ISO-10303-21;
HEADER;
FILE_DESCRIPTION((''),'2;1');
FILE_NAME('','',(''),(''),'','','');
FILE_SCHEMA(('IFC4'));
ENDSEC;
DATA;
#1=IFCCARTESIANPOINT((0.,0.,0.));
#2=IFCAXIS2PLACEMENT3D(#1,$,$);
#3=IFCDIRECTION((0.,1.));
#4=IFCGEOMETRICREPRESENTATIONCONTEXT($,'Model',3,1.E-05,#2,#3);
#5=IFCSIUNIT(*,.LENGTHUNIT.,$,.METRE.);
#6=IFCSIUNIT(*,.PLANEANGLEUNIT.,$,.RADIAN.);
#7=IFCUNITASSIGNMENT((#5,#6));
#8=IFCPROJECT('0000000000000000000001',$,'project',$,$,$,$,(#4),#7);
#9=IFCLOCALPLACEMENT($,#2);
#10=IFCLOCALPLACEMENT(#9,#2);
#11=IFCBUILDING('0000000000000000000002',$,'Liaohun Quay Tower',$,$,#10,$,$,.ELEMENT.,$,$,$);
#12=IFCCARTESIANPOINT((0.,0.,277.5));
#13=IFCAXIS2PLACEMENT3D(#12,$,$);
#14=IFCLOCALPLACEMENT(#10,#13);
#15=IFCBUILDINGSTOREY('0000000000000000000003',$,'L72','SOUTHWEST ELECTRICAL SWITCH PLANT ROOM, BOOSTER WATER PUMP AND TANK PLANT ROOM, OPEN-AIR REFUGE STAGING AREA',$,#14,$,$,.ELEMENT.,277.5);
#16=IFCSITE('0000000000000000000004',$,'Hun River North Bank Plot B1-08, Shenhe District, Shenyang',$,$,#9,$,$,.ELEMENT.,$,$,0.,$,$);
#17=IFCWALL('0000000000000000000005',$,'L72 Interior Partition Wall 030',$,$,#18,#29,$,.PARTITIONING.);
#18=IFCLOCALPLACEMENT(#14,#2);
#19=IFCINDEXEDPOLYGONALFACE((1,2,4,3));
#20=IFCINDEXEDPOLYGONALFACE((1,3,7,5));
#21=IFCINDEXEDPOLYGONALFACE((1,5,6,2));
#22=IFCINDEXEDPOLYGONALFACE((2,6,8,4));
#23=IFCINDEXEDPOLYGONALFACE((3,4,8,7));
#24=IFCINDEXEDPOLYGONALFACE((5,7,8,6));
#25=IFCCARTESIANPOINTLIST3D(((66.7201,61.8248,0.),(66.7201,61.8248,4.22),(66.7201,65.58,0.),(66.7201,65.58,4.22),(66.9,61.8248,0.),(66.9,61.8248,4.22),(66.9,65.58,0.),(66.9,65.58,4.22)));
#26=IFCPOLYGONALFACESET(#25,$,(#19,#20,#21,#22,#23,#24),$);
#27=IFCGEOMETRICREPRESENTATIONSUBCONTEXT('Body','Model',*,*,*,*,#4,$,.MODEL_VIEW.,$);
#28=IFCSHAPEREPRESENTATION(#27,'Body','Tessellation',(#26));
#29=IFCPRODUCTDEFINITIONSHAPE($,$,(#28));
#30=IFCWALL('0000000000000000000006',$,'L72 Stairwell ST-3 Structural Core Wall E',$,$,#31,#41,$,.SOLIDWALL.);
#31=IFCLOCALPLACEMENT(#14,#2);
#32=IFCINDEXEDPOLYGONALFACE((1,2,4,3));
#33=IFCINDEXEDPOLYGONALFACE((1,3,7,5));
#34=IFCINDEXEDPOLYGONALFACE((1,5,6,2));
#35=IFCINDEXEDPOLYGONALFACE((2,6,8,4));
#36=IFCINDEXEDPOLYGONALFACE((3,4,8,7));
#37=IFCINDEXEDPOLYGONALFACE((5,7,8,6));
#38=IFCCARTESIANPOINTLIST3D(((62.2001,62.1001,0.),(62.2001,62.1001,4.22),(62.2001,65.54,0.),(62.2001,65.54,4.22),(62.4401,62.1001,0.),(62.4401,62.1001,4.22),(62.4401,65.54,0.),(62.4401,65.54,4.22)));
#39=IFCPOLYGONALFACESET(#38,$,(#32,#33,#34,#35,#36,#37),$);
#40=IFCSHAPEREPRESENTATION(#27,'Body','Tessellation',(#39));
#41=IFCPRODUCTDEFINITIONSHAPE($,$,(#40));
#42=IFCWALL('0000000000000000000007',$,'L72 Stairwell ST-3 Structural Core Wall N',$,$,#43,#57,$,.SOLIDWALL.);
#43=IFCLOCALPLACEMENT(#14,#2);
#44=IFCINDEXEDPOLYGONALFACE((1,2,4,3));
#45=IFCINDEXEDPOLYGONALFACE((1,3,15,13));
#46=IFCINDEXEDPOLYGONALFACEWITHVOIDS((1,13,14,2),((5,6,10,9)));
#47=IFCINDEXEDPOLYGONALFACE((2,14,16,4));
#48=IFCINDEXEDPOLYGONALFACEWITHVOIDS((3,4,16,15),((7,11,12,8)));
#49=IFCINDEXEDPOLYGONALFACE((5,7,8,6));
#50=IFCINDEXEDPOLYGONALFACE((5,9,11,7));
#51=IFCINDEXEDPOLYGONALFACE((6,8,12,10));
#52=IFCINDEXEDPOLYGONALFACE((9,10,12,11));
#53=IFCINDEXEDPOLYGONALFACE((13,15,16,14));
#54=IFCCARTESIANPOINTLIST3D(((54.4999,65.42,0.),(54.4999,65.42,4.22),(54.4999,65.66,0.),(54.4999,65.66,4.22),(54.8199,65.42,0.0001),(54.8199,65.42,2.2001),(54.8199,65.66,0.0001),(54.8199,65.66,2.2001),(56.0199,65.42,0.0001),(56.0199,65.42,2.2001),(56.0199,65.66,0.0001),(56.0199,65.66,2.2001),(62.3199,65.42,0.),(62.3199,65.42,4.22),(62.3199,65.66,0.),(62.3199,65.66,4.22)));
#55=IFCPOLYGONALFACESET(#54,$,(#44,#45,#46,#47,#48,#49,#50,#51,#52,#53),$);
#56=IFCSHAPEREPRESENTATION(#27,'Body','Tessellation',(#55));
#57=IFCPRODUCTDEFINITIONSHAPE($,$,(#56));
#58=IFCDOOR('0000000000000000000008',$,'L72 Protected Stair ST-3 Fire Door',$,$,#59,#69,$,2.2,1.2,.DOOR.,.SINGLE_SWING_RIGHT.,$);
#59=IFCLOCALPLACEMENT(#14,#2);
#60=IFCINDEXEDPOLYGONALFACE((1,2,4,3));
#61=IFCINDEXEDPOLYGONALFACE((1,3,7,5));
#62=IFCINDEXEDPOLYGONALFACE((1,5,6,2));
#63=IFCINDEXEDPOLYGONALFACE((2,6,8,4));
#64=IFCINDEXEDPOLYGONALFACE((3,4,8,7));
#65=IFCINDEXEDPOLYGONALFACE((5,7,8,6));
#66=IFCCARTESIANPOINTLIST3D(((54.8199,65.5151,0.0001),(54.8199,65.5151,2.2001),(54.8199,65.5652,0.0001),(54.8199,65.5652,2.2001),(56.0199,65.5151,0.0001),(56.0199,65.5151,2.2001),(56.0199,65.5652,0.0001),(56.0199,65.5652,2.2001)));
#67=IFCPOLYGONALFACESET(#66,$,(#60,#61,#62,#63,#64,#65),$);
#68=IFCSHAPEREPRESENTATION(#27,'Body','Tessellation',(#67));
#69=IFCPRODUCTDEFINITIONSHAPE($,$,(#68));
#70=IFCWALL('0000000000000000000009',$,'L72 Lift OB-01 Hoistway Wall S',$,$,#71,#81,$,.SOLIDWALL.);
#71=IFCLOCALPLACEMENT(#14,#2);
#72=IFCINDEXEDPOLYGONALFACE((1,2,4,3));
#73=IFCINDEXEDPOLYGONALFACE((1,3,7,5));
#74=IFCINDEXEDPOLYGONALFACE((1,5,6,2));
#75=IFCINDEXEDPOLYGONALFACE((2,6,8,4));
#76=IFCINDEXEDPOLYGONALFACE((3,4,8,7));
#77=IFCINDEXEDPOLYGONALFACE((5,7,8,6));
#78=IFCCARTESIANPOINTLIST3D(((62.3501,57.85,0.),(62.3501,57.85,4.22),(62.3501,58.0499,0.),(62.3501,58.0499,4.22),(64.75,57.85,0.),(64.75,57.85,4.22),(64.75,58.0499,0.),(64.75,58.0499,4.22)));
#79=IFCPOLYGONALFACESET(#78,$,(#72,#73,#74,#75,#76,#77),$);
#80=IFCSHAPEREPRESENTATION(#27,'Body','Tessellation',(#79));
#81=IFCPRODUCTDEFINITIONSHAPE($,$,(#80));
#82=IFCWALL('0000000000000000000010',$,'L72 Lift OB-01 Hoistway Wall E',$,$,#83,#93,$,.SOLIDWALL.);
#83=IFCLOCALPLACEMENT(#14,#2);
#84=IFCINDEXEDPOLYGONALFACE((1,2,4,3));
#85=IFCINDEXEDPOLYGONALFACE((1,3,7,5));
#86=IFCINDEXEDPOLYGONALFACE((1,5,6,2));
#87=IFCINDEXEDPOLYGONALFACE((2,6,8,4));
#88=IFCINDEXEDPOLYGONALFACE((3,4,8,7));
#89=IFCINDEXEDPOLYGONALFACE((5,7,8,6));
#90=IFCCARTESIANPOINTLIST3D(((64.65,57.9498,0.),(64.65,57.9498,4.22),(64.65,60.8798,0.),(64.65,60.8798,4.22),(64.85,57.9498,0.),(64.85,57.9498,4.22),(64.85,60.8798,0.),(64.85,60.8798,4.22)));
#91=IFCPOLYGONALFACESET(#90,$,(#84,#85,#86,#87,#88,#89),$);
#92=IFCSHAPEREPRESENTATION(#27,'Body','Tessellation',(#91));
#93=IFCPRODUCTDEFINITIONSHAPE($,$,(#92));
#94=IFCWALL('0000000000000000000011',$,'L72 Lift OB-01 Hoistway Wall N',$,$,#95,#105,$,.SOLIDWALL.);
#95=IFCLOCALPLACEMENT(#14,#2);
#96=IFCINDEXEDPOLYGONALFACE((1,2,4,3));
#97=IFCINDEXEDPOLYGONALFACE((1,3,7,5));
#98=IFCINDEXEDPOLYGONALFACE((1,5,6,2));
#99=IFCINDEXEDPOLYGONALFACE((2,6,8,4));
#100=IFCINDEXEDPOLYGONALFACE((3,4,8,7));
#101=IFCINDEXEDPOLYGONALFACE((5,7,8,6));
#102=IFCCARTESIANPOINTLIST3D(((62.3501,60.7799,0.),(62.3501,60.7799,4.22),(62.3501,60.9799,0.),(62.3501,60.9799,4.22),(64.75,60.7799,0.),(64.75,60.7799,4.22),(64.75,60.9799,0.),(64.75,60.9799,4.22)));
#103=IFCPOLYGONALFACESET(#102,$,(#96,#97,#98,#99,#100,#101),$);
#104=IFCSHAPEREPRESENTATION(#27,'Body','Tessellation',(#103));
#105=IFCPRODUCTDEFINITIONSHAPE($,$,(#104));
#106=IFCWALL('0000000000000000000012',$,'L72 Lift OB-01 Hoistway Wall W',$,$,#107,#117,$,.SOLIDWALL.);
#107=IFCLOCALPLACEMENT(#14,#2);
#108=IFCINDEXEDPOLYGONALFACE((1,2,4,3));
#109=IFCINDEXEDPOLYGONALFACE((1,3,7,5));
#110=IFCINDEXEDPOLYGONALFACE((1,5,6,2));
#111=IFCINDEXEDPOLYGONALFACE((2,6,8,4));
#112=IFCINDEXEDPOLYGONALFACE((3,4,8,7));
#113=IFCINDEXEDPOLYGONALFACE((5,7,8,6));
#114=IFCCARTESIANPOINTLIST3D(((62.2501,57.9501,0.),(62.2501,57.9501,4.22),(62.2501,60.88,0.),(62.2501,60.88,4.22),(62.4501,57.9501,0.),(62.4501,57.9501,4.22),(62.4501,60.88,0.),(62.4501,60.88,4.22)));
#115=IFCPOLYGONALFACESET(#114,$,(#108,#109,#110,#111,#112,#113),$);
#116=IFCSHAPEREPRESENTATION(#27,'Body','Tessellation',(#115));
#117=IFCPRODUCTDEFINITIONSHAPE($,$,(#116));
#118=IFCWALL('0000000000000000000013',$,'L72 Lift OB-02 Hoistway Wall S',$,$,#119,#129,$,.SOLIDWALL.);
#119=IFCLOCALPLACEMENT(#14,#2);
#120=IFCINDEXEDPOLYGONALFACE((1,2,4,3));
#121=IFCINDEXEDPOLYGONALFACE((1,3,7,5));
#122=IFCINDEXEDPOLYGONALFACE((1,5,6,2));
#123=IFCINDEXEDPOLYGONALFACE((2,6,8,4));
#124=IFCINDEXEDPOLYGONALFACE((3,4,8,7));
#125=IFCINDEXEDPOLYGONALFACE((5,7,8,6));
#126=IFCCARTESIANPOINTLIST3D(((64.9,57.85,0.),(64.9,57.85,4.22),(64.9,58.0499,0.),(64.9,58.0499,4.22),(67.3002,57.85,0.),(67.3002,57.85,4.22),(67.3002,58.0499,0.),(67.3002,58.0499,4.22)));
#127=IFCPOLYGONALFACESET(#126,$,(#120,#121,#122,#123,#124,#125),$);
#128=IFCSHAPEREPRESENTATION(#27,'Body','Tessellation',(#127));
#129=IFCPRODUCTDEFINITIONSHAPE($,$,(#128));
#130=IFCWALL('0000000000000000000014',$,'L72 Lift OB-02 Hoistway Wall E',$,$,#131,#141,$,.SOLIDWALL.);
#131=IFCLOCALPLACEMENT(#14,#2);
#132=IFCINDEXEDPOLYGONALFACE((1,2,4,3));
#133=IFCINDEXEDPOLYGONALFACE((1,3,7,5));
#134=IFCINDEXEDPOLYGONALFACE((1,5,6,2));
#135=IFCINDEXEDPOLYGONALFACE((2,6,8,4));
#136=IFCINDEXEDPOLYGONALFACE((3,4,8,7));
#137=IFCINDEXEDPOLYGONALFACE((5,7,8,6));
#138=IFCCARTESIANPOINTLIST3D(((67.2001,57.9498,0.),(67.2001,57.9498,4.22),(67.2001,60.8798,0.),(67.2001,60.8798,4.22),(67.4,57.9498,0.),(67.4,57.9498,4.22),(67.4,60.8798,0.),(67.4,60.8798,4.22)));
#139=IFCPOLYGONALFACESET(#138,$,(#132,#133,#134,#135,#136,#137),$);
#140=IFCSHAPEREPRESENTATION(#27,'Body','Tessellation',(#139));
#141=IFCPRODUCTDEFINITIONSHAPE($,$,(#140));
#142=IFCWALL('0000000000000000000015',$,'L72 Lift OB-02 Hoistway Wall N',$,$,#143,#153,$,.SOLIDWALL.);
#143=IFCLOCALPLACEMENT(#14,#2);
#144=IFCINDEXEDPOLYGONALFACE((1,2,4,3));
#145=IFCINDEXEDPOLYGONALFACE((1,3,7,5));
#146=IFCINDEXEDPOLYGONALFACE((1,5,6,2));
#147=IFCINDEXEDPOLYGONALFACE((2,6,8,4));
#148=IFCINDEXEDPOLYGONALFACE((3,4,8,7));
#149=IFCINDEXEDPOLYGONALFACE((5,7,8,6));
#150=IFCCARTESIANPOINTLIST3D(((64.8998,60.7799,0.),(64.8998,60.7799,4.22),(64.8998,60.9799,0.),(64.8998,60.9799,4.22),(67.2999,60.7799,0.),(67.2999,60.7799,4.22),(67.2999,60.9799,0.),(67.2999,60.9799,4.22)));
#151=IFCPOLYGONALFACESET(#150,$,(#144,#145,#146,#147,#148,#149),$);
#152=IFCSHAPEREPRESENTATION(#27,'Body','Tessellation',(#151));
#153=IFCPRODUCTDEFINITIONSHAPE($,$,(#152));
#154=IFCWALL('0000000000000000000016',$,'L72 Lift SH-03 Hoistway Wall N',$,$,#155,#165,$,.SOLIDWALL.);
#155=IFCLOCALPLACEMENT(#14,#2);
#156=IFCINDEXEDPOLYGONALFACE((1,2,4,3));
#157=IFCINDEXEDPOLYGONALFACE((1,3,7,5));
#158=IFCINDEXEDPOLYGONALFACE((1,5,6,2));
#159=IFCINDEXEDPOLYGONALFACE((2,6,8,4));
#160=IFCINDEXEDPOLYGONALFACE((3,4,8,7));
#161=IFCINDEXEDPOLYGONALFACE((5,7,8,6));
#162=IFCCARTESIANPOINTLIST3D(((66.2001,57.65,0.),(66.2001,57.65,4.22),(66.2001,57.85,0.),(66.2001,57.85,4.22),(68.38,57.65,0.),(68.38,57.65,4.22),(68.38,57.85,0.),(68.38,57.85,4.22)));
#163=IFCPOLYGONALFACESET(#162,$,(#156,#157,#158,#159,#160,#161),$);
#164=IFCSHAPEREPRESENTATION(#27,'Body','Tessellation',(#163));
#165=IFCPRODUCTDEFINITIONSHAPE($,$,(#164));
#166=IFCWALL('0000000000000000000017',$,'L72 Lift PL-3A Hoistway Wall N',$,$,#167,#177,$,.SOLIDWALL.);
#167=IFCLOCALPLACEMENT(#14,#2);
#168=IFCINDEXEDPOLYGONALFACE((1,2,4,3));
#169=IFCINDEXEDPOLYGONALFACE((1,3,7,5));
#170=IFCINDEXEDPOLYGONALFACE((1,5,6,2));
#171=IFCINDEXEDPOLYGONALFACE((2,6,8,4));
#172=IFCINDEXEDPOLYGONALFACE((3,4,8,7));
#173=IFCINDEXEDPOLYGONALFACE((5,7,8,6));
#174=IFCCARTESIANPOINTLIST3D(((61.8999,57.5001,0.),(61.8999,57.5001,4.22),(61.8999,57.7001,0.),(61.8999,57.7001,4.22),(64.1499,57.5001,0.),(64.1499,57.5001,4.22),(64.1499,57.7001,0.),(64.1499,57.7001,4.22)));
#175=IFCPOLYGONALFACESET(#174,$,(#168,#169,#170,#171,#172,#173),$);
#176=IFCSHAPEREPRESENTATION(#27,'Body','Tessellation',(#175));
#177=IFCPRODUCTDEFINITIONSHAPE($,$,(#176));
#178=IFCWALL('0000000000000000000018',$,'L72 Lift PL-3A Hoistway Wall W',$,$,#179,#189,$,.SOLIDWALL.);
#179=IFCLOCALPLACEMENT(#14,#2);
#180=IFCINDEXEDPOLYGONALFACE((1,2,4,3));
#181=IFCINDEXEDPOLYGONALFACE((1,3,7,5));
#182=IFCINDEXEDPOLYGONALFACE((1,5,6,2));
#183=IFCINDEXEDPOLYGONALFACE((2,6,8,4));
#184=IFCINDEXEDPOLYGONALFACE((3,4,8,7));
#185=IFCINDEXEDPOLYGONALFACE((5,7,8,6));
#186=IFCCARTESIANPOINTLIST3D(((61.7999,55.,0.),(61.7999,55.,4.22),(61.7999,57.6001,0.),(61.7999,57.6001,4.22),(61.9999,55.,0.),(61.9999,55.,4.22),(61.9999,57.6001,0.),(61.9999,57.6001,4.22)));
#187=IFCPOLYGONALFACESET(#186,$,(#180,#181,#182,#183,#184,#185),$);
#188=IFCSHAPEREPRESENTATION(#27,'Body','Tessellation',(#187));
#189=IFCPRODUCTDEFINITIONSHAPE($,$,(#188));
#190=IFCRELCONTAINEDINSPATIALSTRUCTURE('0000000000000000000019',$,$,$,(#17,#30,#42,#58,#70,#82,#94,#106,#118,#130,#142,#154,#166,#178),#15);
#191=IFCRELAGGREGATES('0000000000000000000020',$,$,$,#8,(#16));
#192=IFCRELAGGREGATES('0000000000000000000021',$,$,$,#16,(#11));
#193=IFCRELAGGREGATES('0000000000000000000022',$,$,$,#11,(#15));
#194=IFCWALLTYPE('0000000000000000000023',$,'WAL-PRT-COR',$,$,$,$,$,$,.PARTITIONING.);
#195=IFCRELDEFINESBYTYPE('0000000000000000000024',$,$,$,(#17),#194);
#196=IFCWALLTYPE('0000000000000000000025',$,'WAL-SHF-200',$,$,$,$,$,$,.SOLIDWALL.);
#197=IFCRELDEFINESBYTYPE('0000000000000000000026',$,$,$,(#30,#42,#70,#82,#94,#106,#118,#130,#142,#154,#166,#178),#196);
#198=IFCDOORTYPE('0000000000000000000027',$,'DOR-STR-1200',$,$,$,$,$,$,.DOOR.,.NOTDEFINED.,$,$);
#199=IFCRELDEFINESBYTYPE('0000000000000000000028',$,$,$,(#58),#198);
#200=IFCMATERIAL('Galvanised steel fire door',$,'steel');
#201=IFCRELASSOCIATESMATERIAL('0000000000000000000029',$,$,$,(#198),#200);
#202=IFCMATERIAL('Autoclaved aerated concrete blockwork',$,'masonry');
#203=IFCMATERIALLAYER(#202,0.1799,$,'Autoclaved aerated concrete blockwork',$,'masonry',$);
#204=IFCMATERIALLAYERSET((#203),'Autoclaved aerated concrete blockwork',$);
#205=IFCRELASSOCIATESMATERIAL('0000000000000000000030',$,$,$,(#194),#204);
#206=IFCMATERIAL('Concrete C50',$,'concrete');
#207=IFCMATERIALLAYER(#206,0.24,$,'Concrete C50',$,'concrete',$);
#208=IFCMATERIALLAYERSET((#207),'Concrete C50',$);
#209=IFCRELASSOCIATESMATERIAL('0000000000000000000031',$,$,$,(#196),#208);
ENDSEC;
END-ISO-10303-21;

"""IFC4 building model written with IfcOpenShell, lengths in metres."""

from ifc_helpers import new_model, si_unit, direction, frame, frame_2d, origin, place, context, subcontext, project, spatial, rectangle, extrude, source, transform, mapped, material, layer, layer_set, type_object, element, fill, save


model = new_model("IFC4")

# Units and contexts
model_context = context("Model", 3, precision=1e-05, world=origin(), true_north=direction((0.0, 1.0)))
body_context = subcontext(model_context, "Body", "Model", "MODEL_VIEW")
ifc_project = project(units=[si_unit("LENGTHUNIT", "METRE"), si_unit("PLANEANGLEUNIT", "RADIAN")], contexts=[model_context])

# Site, building, storey
site_placement = place(None, origin())
site = spatial("IfcSite", under=ifc_project, at=site_placement, Name="Hun River North Bank Plot B1-08, Shenhe District, Shenyang", CompositionType="ELEMENT", RefElevation=0.0)
building_placement = place(site_placement, origin())
building = spatial("IfcBuilding", under=site, at=building_placement, Name="Liaohun Quay Tower", CompositionType="ELEMENT")
storey_placement = place(building_placement, frame((0.0, 0.0, 277.5)))
storey = spatial("IfcBuildingStorey", under=building, at=storey_placement, Name="L72", Description="SOUTHWEST ELECTRICAL SWITCH PLANT ROOM, BOOSTER WATER PUMP AND TANK PLANT ROOM, OPEN-AIR REFUGE STAGING AREA", CompositionType="ELEMENT", Elevation=277.5)

# Shared definitions
ifc_material_1 = material(Name="Galvanised steel fire door", Category="steel")
door_type_1 = type_object("IfcDoorType", Name="DOR-STR-1200", OperationType="NOTDEFINED", PredefinedType="DOOR", material=ifc_material_1)
shared_shape_1 = source(origin(), body_context, "Body", "SweptSolid", [
    extrude(rectangle(XDim=1.2, YDim=2.2, at=frame_2d((0.6001, 1.1001))), frame((0.0, 0.0249, 0.0), z_axis=(0.0, -1.0, 0.0), x_axis=(1.0, 0.0, 0.0)), (0.0, 0.0, 1.0), 0.05),
])
ifc_material_2 = material(Name="Autoclaved aerated concrete blockwork", Category="masonry")
ifc_layer_1 = layer(ifc_material_2, 0.1799, Name="Autoclaved aerated concrete blockwork", Category="masonry")
ifc_layer_set_1 = layer_set([ifc_layer_1], Name="Autoclaved aerated concrete blockwork")
wall_type_1 = type_object("IfcWallType", Name="WAL-PRT-COR", PredefinedType="PARTITIONING", material=ifc_layer_set_1)

# Walls
for number, where, z_axis, x_axis, name in (
    (1, (66.8101, 61.825, 0.0), (0.0, 0.0, 1.0), (0.0, 1.0, 0.0), "L72 Interior Partition Wall 030"),
):
    element("IfcWall", number, at=place(storey_placement, frame(where, z_axis=z_axis, x_axis=x_axis)), inside=storey, type_object=wall_type_1, Name=name, PredefinedType="PARTITIONING", context=body_context, shape_type="SweptSolid", body=[
        extrude(rectangle(XDim=3.7551, YDim=0.1799, at=frame_2d((1.8774, 0.0))), origin(), (0.0, 0.0, 1.0), 4.22),
    ])
ifc_material_3 = material(Name="Concrete C50", Category="concrete")
ifc_layer_2 = layer(ifc_material_3, 0.24, Name="Concrete C50", Category="concrete")
ifc_layer_set_2 = layer_set([ifc_layer_2], Name="Concrete C50")
wall_type_2 = type_object("IfcWallType", Name="WAL-SHF-200", PredefinedType="SOLIDWALL", material=ifc_layer_set_2)
wall_1_placement = place(storey_placement, frame((62.3201, 62.1001, 0.0), z_axis=(0.0, 0.0, 1.0), x_axis=(0.0, 1.0, 0.0)))
element("IfcWall", 2, at=wall_1_placement, inside=storey, type_object=wall_type_2, Name="L72 Stairwell ST-3 Structural Core Wall E", PredefinedType="SOLIDWALL", context=body_context, shape_type="SweptSolid", body=[
    extrude(rectangle(XDim=3.4399, YDim=0.24, at=frame_2d((1.72, 0.0))), origin(), (0.0, 0.0, 1.0), 4.22),
])

# Wall, opening, door
wall_2_placement = place(storey_placement, frame((62.3201, 65.54, 0.0), z_axis=(0.0, 0.0, 1.0), x_axis=(-1.0, 0.0, 0.0)))
wall_2 = element("IfcWall", 3, at=wall_2_placement, inside=storey, type_object=wall_type_2, Name="L72 Stairwell ST-3 Structural Core Wall N", PredefinedType="SOLIDWALL", context=body_context, shape_type="SweptSolid", body=[
    extrude(rectangle(XDim=7.8201, YDim=0.24, at=frame_2d((3.9102, 0.0))), origin(), (0.0, 0.0, 1.0), 4.22),
])
shared_shape_2 = source(origin(), body_context, "Body", "SweptSolid", [
    extrude(rectangle(XDim=1.2, YDim=2.2, at=frame_2d((0.6001, 1.1001))), frame((0.0, 0.1299, 0.0), z_axis=(0.0, -1.0, 0.0), x_axis=(1.0, 0.0, 0.0)), (0.0, 0.0, 1.0), 0.26),
])
opening_1_placement = place(wall_2_placement, frame((6.3, 0.0, 0.0)))
opening_1 = element("IfcOpeningElement", 4, at=opening_1_placement, cuts=wall_2, PredefinedType="OPENING", context=body_context, shape_type="MappedRepresentation", body=[
    mapped(shared_shape_2, transform((0.0, 0.0, 0.0), x_axis=(1.0, 0.0, 0.0), y_axis=(0.0, 1.0, 0.0), z_axis=(0.0, 0.0, 1.0), scale=1.0)),
])
door_1_placement = place(opening_1_placement, origin())
door_1 = element("IfcDoor", 5, at=door_1_placement, inside=storey, type_object=door_type_1, Name="L72 Protected Stair ST-3 Fire Door", OperationType="SINGLE_SWING_RIGHT", OverallHeight=2.2, OverallWidth=1.2, PredefinedType="DOOR", context=body_context, shape_type="MappedRepresentation", body=[
    mapped(shared_shape_1, transform((0.0, 0.0, 0.0), x_axis=(1.0, 0.0, 0.0), y_axis=(0.0, 1.0, 0.0), z_axis=(0.0, 0.0, 1.0), scale=1.0)),
])
fill(opening_1, door_1)

# Walls
wall_3_placement = place(storey_placement, frame((62.3501, 57.95, 0.0), z_axis=(0.0, 0.0, 1.0), x_axis=(1.0, 0.0, 0.0)))
element("IfcWall", 6, at=wall_3_placement, inside=storey, type_object=wall_type_2, Name="L72 Lift OB-01 Hoistway Wall S", PredefinedType="SOLIDWALL", context=body_context, shape_type="SweptSolid", body=[
    extrude(rectangle(XDim=2.3999, YDim=0.2, at=frame_2d((1.2, 0.0))), origin(), (0.0, 0.0, 1.0), 4.22),
])
wall_4_placement = place(storey_placement, frame((64.75, 57.95, 0.0), z_axis=(0.0, 0.0, 1.0), x_axis=(0.0, 1.0, 0.0)))
element("IfcWall", 7, at=wall_4_placement, inside=storey, type_object=wall_type_2, Name="L72 Lift OB-01 Hoistway Wall E", PredefinedType="SOLIDWALL", context=body_context, shape_type="SweptSolid", body=[
    extrude(rectangle(XDim=2.9299, YDim=0.2, at=frame_2d((1.4648, 0.0))), origin(), (0.0, 0.0, 1.0), 4.22),
])
wall_5_placement = place(storey_placement, frame((64.75, 60.8799, 0.0), z_axis=(0.0, 0.0, 1.0), x_axis=(-1.0, 0.0, 0.0)))
element("IfcWall", 8, at=wall_5_placement, inside=storey, type_object=wall_type_2, Name="L72 Lift OB-01 Hoistway Wall N", PredefinedType="SOLIDWALL", context=body_context, shape_type="SweptSolid", body=[
    extrude(rectangle(XDim=2.3999, YDim=0.2, at=frame_2d((1.2, 0.0))), origin(), (0.0, 0.0, 1.0), 4.22),
])
wall_6_placement = place(storey_placement, frame((62.3501, 60.8799, 0.0), z_axis=(0.0, 0.0, 1.0), x_axis=(0.0, -1.0, 0.0)))
element("IfcWall", 9, at=wall_6_placement, inside=storey, type_object=wall_type_2, Name="L72 Lift OB-01 Hoistway Wall W", PredefinedType="SOLIDWALL", context=body_context, shape_type="SweptSolid", body=[
    extrude(rectangle(XDim=2.9299, YDim=0.2, at=frame_2d((1.4648, 0.0))), origin(), (0.0, 0.0, 1.0), 4.22),
])
wall_7_placement = place(storey_placement, frame((64.8999, 57.95, 0.0), z_axis=(0.0, 0.0, 1.0), x_axis=(1.0, 0.0, 0.0)))
element("IfcWall", 10, at=wall_7_placement, inside=storey, type_object=wall_type_2, Name="L72 Lift OB-02 Hoistway Wall S", PredefinedType="SOLIDWALL", context=body_context, shape_type="SweptSolid", body=[
    extrude(rectangle(XDim=2.4001, YDim=0.2, at=frame_2d((1.2002, 0.0))), origin(), (0.0, 0.0, 1.0), 4.22),
])
wall_8_placement = place(storey_placement, frame((67.3, 57.95, 0.0), z_axis=(0.0, 0.0, 1.0), x_axis=(0.0, 1.0, 0.0)))
element("IfcWall", 11, at=wall_8_placement, inside=storey, type_object=wall_type_2, Name="L72 Lift OB-02 Hoistway Wall E", PredefinedType="SOLIDWALL", context=body_context, shape_type="SweptSolid", body=[
    extrude(rectangle(XDim=2.9299, YDim=0.2, at=frame_2d((1.4648, 0.0))), origin(), (0.0, 0.0, 1.0), 4.22),
])
wall_9_placement = place(storey_placement, frame((67.3, 60.8799, 0.0), z_axis=(0.0, 0.0, 1.0), x_axis=(-1.0, 0.0, 0.0)))
element("IfcWall", 12, at=wall_9_placement, inside=storey, type_object=wall_type_2, Name="L72 Lift OB-02 Hoistway Wall N", PredefinedType="SOLIDWALL", context=body_context, shape_type="SweptSolid", body=[
    extrude(rectangle(XDim=2.4001, YDim=0.2, at=frame_2d((1.2002, 0.0))), origin(), (0.0, 0.0, 1.0), 4.22),
])
wall_10_placement = place(storey_placement, frame((68.3799, 57.75, 0.0), z_axis=(0.0, 0.0, 1.0), x_axis=(-1.0, 0.0, 0.0)))
element("IfcWall", 13, at=wall_10_placement, inside=storey, type_object=wall_type_2, Name="L72 Lift SH-03 Hoistway Wall N", PredefinedType="SOLIDWALL", context=body_context, shape_type="SweptSolid", body=[
    extrude(rectangle(XDim=2.1799, YDim=0.2, at=frame_2d((1.0898, 0.0))), origin(), (0.0, 0.0, 1.0), 4.22),
])
wall_11_placement = place(storey_placement, frame((64.1499, 57.6001, 0.0), z_axis=(0.0, 0.0, 1.0), x_axis=(-1.0, 0.0, 0.0)))
element("IfcWall", 14, at=wall_11_placement, inside=storey, type_object=wall_type_2, Name="L72 Lift PL-3A Hoistway Wall N", PredefinedType="SOLIDWALL", context=body_context, shape_type="SweptSolid", body=[
    extrude(rectangle(XDim=2.25, YDim=0.2, at=frame_2d((1.125, 0.0))), origin(), (0.0, 0.0, 1.0), 4.22),
])
wall_12_placement = place(storey_placement, frame((61.8999, 57.6001, 0.0), z_axis=(0.0, 0.0, 1.0), x_axis=(0.0, -1.0, 0.0)))
element("IfcWall", 15, at=wall_12_placement, inside=storey, type_object=wall_type_2, Name="L72 Lift PL-3A Hoistway Wall W", PredefinedType="SOLIDWALL", context=body_context, shape_type="SweptSolid", body=[
    extrude(rectangle(XDim=2.6001, YDim=0.2, at=frame_2d((1.3, 0.0))), origin(), (0.0, 0.0, 1.0), 4.22),
])

save(model, "model.ifc")
